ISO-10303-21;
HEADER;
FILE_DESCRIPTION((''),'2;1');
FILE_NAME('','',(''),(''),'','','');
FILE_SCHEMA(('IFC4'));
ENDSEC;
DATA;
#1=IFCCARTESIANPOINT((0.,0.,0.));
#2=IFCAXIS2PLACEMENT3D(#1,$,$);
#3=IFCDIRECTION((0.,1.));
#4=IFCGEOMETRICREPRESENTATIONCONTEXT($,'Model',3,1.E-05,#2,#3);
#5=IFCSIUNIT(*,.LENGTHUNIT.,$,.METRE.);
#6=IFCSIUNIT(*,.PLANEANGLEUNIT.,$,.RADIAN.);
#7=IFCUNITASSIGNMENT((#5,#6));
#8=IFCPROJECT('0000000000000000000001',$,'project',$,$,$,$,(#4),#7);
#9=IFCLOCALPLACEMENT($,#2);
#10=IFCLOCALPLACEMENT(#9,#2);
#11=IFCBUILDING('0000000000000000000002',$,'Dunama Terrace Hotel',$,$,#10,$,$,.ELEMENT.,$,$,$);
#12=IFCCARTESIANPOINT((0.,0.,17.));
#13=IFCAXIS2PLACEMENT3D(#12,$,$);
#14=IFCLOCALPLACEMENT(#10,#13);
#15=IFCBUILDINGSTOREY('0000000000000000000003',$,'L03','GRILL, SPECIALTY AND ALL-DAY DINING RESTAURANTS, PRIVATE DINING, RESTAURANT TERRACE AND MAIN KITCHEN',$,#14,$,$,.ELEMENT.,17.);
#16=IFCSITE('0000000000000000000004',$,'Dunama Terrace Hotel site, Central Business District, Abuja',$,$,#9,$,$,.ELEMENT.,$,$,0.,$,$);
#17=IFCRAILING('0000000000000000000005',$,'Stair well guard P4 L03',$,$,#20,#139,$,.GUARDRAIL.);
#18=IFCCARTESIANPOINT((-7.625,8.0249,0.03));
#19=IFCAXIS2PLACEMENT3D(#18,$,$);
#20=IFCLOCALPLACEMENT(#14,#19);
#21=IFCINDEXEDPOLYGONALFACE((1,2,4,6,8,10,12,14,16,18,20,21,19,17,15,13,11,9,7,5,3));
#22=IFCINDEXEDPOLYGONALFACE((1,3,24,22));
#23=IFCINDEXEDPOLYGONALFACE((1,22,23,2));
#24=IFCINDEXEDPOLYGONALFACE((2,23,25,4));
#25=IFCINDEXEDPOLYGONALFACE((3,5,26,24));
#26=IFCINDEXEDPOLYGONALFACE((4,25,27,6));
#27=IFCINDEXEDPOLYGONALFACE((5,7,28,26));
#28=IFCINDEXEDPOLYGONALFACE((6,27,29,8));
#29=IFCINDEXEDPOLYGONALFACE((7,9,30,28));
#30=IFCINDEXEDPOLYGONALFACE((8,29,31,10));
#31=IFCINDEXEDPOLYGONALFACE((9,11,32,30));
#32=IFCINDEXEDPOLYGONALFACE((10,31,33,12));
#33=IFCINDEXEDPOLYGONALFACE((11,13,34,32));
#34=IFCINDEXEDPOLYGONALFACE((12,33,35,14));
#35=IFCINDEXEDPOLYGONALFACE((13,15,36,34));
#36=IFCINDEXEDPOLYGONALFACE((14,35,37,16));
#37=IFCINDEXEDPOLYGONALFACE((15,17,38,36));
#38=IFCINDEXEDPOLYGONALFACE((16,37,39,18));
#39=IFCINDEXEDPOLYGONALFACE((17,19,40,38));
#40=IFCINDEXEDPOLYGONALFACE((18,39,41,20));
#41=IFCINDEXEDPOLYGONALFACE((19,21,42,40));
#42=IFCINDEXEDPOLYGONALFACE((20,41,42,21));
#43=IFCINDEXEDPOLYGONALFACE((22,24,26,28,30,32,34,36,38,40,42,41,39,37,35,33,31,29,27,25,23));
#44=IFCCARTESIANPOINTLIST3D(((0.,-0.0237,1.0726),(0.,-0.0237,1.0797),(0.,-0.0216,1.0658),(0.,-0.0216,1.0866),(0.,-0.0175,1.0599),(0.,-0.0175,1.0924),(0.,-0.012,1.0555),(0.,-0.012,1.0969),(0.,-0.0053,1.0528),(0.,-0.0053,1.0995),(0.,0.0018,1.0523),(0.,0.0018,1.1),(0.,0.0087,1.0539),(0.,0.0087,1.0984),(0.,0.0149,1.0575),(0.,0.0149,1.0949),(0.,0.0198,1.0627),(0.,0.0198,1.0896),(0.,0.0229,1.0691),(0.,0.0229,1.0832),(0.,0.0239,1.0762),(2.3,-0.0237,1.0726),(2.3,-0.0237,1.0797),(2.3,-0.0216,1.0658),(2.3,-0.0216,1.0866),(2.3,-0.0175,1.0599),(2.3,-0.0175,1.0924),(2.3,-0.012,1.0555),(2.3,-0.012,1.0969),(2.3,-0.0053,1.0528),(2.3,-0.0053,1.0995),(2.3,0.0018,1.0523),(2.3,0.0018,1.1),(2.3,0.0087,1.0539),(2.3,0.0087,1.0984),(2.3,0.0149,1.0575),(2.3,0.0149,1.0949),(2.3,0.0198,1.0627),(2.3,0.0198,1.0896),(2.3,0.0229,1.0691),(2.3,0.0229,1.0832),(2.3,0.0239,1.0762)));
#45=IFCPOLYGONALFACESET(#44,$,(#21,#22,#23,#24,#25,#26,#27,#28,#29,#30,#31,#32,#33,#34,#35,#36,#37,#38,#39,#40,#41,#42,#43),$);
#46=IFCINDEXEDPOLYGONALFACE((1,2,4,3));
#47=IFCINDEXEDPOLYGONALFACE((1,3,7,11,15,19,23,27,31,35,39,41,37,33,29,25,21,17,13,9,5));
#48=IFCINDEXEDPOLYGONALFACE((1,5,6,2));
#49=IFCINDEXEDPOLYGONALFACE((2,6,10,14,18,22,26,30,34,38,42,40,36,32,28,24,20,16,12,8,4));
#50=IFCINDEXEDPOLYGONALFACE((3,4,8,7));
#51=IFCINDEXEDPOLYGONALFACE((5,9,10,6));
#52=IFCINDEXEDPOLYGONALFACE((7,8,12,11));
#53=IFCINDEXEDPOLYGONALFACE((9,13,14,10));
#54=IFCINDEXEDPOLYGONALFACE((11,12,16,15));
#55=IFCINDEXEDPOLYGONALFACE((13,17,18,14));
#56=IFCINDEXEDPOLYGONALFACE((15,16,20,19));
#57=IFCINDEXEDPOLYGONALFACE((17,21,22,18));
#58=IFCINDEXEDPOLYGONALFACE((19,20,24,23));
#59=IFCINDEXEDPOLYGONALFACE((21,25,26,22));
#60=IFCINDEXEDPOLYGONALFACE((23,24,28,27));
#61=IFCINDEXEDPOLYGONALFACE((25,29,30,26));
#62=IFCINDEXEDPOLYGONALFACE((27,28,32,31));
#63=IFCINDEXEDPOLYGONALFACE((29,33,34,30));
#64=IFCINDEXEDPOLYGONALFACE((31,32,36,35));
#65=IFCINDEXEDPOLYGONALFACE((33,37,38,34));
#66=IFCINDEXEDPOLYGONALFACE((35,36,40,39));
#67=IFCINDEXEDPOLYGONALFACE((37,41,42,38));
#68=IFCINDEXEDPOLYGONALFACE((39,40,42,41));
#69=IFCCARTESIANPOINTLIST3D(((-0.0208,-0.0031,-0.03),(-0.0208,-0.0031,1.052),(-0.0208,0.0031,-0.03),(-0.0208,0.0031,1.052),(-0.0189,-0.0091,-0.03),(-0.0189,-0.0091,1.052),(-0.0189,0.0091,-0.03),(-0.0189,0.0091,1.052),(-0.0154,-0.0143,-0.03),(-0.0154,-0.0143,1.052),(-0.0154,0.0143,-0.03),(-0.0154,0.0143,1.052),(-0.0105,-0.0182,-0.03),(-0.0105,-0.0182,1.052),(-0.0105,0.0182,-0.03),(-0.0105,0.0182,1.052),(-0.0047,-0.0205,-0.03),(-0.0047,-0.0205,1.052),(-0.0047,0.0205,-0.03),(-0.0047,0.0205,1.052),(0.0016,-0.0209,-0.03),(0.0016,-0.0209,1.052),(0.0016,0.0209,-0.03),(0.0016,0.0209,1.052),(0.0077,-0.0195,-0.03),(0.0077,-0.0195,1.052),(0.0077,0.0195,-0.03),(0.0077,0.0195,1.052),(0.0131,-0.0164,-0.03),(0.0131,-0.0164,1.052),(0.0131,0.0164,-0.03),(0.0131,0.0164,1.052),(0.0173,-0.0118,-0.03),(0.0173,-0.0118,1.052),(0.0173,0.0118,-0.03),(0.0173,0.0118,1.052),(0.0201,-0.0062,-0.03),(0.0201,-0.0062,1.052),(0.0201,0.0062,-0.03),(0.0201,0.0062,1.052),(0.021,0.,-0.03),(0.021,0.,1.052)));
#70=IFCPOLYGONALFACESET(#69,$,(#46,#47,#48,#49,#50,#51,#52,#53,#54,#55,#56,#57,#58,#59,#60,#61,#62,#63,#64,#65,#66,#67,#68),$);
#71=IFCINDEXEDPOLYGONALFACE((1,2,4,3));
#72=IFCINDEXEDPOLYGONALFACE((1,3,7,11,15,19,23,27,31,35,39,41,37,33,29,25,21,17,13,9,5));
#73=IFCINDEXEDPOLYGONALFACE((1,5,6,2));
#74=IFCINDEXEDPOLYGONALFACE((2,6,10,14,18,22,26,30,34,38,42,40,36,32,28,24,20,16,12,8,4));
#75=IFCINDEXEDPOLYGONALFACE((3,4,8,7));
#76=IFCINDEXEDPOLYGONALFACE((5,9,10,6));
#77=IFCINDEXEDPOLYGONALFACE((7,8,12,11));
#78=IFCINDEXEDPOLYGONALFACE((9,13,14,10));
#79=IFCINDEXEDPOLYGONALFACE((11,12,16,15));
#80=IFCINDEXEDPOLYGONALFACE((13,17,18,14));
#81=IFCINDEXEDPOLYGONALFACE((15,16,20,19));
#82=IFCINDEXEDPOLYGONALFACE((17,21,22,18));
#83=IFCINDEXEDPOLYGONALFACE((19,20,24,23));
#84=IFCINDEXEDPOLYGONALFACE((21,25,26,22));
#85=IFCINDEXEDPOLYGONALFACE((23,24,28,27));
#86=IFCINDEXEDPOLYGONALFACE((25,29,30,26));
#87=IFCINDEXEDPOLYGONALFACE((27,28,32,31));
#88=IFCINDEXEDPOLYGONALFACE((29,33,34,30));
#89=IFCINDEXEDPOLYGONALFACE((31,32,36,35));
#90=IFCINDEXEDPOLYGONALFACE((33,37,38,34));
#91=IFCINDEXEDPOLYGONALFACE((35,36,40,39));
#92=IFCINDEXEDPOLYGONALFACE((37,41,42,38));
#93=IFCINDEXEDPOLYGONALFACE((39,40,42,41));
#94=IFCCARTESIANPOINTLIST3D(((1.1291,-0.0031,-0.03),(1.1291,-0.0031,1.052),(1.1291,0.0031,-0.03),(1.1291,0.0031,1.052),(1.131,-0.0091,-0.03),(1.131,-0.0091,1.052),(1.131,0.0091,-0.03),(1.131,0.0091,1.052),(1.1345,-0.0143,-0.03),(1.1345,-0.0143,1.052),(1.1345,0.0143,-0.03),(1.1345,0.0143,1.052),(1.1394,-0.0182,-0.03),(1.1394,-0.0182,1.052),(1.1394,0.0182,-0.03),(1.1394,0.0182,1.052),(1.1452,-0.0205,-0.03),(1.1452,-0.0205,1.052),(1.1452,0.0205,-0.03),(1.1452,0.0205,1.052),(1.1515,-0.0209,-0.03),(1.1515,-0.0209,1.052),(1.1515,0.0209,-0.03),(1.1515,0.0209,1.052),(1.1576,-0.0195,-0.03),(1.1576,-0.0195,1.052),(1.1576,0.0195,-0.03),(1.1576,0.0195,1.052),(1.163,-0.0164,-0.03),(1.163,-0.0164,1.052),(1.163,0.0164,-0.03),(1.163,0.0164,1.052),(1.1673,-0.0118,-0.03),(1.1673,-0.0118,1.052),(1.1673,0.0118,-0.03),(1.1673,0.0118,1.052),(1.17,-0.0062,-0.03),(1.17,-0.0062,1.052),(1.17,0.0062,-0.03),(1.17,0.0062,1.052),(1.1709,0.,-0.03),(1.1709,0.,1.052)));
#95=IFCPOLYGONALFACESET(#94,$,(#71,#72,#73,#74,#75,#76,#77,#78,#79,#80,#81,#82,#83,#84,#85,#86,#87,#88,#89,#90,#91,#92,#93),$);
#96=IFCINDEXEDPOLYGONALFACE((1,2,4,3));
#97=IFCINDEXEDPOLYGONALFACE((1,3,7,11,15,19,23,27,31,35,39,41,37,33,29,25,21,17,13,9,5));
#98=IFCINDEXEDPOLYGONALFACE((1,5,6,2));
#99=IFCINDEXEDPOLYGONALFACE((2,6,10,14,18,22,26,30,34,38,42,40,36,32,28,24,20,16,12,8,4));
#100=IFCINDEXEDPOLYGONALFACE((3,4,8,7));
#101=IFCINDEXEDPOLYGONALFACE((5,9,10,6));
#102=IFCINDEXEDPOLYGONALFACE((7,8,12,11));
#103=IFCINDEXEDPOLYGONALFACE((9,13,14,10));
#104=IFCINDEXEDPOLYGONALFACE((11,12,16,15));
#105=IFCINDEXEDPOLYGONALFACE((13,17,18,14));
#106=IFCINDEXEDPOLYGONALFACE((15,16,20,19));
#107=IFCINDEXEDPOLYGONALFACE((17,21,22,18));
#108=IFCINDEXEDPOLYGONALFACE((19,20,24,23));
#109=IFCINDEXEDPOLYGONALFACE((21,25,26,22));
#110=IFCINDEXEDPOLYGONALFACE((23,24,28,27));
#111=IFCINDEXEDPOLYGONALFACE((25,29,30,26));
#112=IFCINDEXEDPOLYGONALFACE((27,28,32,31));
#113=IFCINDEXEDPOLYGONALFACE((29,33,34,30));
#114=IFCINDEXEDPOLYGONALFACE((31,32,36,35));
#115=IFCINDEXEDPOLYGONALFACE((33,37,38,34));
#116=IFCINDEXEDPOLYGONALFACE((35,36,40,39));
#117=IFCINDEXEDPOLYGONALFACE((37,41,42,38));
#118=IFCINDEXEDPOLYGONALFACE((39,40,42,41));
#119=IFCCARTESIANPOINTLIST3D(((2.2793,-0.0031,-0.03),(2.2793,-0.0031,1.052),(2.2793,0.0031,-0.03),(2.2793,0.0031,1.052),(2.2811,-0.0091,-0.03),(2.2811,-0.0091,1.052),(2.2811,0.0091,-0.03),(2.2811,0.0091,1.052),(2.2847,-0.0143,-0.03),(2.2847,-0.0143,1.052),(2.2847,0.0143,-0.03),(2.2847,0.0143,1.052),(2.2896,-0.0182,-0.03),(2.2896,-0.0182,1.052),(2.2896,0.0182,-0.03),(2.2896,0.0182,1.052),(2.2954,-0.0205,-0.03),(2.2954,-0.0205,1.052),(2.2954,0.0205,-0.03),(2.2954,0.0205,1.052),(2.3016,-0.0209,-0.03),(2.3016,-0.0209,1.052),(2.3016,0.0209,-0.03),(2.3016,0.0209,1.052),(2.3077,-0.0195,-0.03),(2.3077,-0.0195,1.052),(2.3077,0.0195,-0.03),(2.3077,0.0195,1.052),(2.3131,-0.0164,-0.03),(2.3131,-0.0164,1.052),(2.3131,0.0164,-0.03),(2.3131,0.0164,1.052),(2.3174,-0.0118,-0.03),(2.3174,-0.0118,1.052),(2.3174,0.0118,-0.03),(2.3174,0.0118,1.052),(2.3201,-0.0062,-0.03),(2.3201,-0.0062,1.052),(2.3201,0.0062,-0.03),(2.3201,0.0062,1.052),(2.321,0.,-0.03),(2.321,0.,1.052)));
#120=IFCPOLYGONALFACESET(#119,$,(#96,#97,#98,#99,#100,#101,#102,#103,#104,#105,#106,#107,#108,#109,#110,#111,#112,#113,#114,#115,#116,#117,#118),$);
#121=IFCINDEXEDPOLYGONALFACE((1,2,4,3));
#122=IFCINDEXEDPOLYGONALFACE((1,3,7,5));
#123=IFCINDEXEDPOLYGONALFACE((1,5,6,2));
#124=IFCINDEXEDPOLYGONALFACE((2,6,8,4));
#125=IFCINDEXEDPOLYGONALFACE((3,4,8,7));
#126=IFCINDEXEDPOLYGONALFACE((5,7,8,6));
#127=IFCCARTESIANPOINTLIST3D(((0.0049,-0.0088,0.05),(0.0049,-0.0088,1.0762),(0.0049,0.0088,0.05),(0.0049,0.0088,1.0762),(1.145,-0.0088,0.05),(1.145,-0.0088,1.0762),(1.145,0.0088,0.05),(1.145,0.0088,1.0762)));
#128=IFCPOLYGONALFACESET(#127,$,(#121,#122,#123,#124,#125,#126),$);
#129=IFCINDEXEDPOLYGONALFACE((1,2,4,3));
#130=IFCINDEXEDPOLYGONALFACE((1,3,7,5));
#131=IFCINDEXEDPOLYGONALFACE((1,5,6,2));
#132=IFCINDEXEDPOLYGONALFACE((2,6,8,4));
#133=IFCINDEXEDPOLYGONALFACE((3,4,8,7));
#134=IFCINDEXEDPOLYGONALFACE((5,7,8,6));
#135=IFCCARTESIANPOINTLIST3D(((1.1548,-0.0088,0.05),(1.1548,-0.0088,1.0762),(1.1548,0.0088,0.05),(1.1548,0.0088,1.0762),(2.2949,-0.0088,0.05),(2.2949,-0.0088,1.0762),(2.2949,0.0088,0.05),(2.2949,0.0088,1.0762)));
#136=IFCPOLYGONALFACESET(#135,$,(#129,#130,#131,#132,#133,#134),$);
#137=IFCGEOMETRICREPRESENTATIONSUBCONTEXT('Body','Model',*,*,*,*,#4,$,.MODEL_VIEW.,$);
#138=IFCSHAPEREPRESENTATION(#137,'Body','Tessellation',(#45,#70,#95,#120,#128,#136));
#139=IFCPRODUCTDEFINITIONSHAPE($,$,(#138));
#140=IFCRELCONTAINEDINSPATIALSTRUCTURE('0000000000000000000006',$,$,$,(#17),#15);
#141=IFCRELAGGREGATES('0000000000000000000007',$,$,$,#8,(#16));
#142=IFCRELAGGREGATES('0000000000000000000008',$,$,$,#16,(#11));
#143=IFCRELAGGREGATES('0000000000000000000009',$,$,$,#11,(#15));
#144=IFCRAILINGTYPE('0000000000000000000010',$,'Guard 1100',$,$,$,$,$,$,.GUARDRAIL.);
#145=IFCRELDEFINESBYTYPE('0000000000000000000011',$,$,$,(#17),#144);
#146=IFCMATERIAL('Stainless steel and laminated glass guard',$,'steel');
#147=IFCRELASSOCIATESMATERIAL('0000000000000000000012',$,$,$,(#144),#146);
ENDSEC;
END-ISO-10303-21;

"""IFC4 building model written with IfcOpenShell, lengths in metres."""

from ifc_helpers import new_model, si_unit, direction, frame, origin, origin_2d, place, context, subcontext, project, spatial, polyline, circle, outline, extrude, material, type_object, element, save


model = new_model("IFC4")

# Units and contexts
model_context = context("Model", 3, precision=1e-05, world=origin(), true_north=direction((0.0, 1.0)))
body_context = subcontext(model_context, "Body", "Model", "MODEL_VIEW")
ifc_project = project(units=[si_unit("LENGTHUNIT", "METRE"), si_unit("PLANEANGLEUNIT", "RADIAN")], contexts=[model_context])

# Site, building, storey
site_placement = place(None, origin())
site = spatial("IfcSite", under=ifc_project, at=site_placement, Name="Dunama Terrace Hotel site, Central Business District, Abuja", CompositionType="ELEMENT", RefElevation=0.0)
building_placement = place(site_placement, origin())
building = spatial("IfcBuilding", under=site, at=building_placement, Name="Dunama Terrace Hotel", CompositionType="ELEMENT")
storey_placement = place(building_placement, frame((0.0, 0.0, 17.0)))
storey = spatial("IfcBuildingStorey", under=building, at=storey_placement, Name="L03", Description="GRILL, SPECIALTY AND ALL-DAY DINING RESTAURANTS, PRIVATE DINING, RESTAURANT TERRACE AND MAIN KITCHEN", CompositionType="ELEMENT", Elevation=17.0)

# Railing
ifc_material_1 = material(Name="Stainless steel and laminated glass guard", Category="steel")
railing_type = type_object("IfcRailingType", Name="Guard 1100", PredefinedType="GUARDRAIL", material=ifc_material_1)
railing_1_placement = place(storey_placement, frame((-7.625, 8.0249, 0.03)))
element("IfcRailing", 1, at=railing_1_placement, inside=storey, type_object=railing_type, Name="Stair well guard P4 L03", PredefinedType="GUARDRAIL", context=body_context, shape_type="SweptSolid", body=[
    extrude(circle(Radius=0.0239, at=origin_2d()), frame((0.0, 0.0, 1.0762), z_axis=(1.0, 0.0, 0.0), x_axis=(0.0, 1.0, 0.0)), (0.0, 0.0, 1.0), 2.3),
    extrude(circle(Radius=0.021, at=origin_2d()), frame((0.0, 0.0, -0.03)), (0.0, 0.0, 1.0), 1.082),
    extrude(circle(Radius=0.021, at=origin_2d()), frame((1.1499, 0.0, -0.03)), (0.0, 0.0, 1.0), 1.082),
    extrude(circle(Radius=0.021, at=origin_2d()), frame((2.3, 0.0, -0.03)), (0.0, 0.0, 1.0), 1.082),
    extrude(outline(polyline([(0.0049, 0.05), (1.145, 0.05), (1.145, 1.0762), (0.0049, 1.0762), (0.0049, 0.05)])), frame((0.0, 0.0088, 0.0), z_axis=(0.0, -1.0, 0.0), x_axis=(1.0, 0.0, 0.0)), (0.0, 0.0, 1.0), 0.0176),
    extrude(outline(polyline([(0.0049, 0.05), (1.145, 0.05), (1.145, 1.0762), (0.0049, 1.0762), (0.0049, 0.05)])), frame((1.1499, 0.0088, 0.0), z_axis=(0.0, -1.0, 0.0), x_axis=(1.0, 0.0, 0.0)), (0.0, 0.0, 1.0), 0.0176),
])

save(model, "model.ifc")
